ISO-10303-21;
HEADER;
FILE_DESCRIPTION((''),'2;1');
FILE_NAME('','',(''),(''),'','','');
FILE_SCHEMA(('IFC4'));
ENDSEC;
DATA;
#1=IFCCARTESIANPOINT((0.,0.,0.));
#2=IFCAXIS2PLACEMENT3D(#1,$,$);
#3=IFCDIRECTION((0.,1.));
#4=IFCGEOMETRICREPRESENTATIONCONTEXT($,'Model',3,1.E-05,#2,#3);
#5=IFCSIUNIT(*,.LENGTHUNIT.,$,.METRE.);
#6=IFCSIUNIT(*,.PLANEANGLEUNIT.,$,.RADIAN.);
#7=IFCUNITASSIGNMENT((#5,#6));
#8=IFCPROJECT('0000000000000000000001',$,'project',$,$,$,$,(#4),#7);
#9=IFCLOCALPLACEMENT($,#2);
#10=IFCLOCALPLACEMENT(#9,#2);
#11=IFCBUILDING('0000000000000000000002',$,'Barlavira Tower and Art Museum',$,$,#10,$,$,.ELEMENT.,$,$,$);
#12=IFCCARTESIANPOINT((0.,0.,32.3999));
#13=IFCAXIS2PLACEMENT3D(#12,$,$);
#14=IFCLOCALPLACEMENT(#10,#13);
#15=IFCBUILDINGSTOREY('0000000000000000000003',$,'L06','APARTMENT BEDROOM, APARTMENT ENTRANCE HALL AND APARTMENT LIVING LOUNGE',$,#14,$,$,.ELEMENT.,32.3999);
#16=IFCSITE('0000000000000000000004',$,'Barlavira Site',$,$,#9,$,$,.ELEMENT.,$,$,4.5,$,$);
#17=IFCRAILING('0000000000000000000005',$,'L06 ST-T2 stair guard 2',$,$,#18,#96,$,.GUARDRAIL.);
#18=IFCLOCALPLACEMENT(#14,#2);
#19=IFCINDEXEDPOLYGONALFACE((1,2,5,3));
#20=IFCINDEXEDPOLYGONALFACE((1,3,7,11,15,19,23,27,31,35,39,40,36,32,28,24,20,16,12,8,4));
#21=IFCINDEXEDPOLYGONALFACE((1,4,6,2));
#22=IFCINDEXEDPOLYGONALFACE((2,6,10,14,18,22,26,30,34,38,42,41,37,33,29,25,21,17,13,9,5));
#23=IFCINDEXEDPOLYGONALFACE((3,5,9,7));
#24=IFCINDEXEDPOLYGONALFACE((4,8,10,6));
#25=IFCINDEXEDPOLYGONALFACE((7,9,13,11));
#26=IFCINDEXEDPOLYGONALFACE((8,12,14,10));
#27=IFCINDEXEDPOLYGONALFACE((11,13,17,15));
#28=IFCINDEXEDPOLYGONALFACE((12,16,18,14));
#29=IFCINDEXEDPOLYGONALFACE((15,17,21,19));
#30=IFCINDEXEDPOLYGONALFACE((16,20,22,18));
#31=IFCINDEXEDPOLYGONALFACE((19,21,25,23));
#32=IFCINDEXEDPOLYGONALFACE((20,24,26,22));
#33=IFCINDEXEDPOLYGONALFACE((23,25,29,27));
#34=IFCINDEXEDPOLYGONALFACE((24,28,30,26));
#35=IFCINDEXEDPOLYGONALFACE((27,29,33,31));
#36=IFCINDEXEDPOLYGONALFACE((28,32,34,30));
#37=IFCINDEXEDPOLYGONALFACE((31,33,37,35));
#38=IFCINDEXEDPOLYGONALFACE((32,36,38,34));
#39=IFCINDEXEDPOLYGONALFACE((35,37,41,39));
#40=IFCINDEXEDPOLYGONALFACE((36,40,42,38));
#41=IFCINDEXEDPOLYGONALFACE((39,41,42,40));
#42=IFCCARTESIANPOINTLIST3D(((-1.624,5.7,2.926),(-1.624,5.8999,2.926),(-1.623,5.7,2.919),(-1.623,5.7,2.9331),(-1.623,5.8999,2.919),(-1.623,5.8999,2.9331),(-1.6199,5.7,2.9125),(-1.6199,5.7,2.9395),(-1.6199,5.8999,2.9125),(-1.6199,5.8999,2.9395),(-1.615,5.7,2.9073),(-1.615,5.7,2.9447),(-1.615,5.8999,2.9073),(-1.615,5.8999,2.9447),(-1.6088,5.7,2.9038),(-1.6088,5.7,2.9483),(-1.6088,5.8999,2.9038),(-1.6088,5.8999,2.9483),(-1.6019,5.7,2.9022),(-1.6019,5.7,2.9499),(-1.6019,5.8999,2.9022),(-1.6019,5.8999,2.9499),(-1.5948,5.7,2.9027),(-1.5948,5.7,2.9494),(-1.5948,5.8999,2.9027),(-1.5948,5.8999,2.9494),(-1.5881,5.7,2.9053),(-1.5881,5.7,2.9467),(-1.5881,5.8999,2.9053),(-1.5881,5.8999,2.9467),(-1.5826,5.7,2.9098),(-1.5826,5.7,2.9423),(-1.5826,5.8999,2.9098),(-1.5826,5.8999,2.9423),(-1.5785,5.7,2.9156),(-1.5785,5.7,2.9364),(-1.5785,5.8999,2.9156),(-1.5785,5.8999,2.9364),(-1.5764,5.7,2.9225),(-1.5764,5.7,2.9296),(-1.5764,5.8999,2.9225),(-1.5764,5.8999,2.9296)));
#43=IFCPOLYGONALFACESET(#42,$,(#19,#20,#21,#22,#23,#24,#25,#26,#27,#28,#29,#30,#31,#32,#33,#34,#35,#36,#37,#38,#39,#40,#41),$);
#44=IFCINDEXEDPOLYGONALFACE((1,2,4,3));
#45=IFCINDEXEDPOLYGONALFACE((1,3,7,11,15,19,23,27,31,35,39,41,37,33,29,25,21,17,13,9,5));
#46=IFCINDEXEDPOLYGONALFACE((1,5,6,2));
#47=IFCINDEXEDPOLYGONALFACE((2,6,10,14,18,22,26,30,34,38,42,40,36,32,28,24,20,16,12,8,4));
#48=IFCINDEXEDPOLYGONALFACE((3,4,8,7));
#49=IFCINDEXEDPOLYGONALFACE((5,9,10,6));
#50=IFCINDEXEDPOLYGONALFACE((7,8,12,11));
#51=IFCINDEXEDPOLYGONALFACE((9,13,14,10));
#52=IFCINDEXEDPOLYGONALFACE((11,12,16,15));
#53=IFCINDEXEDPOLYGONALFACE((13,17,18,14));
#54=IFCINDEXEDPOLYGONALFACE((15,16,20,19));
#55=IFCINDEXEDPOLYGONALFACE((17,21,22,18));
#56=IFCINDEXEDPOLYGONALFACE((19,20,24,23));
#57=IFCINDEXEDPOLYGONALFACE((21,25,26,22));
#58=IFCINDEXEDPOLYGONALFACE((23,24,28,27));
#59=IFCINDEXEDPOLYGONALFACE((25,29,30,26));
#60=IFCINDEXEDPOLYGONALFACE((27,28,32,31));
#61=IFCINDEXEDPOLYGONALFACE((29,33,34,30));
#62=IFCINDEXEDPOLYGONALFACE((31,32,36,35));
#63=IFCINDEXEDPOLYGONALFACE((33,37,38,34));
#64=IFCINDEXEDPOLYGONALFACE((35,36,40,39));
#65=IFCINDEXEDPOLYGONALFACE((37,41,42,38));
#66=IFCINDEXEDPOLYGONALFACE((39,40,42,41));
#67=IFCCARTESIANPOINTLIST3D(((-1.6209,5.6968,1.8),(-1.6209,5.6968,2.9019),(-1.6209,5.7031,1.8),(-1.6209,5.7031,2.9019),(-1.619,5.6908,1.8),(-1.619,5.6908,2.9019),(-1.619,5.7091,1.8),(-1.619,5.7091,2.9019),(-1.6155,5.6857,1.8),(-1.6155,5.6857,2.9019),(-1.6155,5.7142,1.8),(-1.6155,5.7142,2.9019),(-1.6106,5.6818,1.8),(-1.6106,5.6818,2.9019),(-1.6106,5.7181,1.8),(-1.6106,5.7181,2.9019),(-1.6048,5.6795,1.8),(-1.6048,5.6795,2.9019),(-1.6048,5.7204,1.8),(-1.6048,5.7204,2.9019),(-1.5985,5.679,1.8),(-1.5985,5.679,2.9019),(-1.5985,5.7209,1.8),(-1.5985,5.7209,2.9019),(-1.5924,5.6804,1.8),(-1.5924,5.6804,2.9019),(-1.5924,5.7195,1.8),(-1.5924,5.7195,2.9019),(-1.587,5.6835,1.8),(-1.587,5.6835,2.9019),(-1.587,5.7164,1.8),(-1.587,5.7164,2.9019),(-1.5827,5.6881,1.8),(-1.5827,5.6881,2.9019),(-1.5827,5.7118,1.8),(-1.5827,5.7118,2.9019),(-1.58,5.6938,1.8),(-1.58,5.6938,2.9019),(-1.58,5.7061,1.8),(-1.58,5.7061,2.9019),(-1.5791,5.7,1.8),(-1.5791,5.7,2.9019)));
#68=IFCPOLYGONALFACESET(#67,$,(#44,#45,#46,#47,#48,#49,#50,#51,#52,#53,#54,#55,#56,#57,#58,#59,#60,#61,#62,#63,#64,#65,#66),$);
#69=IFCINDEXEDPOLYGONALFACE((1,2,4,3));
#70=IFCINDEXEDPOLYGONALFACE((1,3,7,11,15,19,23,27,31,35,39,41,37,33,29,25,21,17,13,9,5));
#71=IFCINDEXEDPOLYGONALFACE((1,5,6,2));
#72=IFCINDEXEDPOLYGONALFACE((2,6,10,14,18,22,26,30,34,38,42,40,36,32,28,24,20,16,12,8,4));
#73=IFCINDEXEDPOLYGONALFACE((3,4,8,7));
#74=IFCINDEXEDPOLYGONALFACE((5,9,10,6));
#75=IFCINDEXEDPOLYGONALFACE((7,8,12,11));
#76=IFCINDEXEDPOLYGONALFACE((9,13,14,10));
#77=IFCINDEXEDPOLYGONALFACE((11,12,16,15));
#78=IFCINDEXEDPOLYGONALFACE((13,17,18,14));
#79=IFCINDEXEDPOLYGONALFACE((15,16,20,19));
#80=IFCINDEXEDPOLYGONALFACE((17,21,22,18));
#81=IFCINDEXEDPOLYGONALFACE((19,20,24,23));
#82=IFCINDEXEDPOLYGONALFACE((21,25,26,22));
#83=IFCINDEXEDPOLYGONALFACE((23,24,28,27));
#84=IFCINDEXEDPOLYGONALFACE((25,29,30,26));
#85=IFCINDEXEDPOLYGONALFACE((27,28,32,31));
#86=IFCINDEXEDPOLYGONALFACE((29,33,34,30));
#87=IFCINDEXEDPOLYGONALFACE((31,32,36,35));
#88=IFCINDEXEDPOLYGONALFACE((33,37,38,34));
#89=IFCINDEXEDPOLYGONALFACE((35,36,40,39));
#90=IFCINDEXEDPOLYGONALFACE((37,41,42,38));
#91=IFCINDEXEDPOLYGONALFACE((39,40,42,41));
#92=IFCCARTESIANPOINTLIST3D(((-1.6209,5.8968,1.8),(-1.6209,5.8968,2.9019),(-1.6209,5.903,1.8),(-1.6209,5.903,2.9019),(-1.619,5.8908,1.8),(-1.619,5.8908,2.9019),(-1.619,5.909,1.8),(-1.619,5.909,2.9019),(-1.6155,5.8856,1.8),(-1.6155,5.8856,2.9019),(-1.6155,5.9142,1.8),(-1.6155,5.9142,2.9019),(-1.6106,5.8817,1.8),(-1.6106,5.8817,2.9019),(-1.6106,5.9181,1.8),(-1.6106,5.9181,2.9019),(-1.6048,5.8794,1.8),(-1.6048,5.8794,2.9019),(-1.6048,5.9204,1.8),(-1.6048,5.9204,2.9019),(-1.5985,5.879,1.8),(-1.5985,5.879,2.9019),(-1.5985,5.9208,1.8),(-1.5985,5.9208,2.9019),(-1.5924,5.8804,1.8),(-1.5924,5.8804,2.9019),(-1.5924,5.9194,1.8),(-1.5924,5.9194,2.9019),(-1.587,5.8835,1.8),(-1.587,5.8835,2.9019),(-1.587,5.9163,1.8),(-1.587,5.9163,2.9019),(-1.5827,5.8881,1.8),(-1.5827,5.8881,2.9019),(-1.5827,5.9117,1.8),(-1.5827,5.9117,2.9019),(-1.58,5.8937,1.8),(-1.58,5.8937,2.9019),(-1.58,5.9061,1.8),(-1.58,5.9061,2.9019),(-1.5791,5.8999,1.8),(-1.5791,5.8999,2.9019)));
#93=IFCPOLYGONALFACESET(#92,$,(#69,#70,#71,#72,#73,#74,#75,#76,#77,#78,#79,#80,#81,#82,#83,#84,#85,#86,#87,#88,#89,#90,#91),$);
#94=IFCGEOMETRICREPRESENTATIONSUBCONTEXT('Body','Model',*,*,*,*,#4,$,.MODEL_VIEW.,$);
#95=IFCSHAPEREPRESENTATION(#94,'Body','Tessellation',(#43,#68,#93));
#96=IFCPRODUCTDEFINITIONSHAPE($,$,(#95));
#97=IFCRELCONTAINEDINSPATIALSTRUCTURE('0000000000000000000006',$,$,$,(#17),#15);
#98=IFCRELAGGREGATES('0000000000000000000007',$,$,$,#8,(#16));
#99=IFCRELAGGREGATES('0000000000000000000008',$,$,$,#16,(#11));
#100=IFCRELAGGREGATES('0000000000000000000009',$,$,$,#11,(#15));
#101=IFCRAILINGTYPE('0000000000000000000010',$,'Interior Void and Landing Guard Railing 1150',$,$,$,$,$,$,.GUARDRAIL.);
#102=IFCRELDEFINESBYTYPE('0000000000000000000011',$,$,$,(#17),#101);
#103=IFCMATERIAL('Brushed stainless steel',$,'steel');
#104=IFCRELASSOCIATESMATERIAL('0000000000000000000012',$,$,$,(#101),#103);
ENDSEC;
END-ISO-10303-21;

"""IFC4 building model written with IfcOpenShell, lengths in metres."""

from ifc_helpers import new_model, si_unit, direction, frame, origin, origin_2d, place, context, subcontext, project, spatial, circle, extrude, material, type_object, element, save


model = new_model("IFC4")

# Units and contexts
model_context = context("Model", 3, precision=1e-05, world=origin(), true_north=direction((0.0, 1.0)))
body_context = subcontext(model_context, "Body", "Model", "MODEL_VIEW")
ifc_project = project(units=[si_unit("LENGTHUNIT", "METRE"), si_unit("PLANEANGLEUNIT", "RADIAN")], contexts=[model_context])

# Site, building, storey
site_placement = place(None, origin())
site = spatial("IfcSite", under=ifc_project, at=site_placement, Name="Barlavira Site", CompositionType="ELEMENT", RefElevation=4.5)
building_placement = place(site_placement, origin())
building = spatial("IfcBuilding", under=site, at=building_placement, Name="Barlavira Tower and Art Museum", CompositionType="ELEMENT")
storey_placement = place(building_placement, frame((0.0, 0.0, 32.3999)))
storey = spatial("IfcBuildingStorey", under=building, at=storey_placement, Name="L06", Description="APARTMENT BEDROOM, APARTMENT ENTRANCE HALL AND APARTMENT LIVING LOUNGE", CompositionType="ELEMENT", Elevation=32.3999)

# Shared definitions
ifc_material_1 = material(Name="Brushed stainless steel", Category="steel")

# Railing
railing_type_1 = type_object("IfcRailingType", Name="Interior Void and Landing Guard Railing 1150", PredefinedType="GUARDRAIL", material=ifc_material_1)
railing_1_placement = place(storey_placement, frame((-1.6001, 5.7, 1.8)))
element("IfcRailing", 1, at=railing_1_placement, inside=storey, type_object=railing_type_1, Name="L06 ST-T2 stair guard 2", PredefinedType="GUARDRAIL", context=body_context, shape_type="SweptSolid", body=[
    extrude(circle(Radius=0.0239, at=origin_2d()), frame((0.0, 0.0, 1.126), z_axis=(0.0, 1.0, 0.0), x_axis=(-1.0, 0.0, 0.0)), (0.0, 0.0, 1.0), 0.2),
    extrude(circle(Radius=0.021, at=origin_2d()), origin(), (0.0, 0.0, 1.0), 1.1018),
    extrude(circle(Radius=0.021, at=origin_2d()), frame((0.0, 0.2, 0.0)), (0.0, 0.0, 1.0), 1.1018),
])

save(model, "model.ifc")
